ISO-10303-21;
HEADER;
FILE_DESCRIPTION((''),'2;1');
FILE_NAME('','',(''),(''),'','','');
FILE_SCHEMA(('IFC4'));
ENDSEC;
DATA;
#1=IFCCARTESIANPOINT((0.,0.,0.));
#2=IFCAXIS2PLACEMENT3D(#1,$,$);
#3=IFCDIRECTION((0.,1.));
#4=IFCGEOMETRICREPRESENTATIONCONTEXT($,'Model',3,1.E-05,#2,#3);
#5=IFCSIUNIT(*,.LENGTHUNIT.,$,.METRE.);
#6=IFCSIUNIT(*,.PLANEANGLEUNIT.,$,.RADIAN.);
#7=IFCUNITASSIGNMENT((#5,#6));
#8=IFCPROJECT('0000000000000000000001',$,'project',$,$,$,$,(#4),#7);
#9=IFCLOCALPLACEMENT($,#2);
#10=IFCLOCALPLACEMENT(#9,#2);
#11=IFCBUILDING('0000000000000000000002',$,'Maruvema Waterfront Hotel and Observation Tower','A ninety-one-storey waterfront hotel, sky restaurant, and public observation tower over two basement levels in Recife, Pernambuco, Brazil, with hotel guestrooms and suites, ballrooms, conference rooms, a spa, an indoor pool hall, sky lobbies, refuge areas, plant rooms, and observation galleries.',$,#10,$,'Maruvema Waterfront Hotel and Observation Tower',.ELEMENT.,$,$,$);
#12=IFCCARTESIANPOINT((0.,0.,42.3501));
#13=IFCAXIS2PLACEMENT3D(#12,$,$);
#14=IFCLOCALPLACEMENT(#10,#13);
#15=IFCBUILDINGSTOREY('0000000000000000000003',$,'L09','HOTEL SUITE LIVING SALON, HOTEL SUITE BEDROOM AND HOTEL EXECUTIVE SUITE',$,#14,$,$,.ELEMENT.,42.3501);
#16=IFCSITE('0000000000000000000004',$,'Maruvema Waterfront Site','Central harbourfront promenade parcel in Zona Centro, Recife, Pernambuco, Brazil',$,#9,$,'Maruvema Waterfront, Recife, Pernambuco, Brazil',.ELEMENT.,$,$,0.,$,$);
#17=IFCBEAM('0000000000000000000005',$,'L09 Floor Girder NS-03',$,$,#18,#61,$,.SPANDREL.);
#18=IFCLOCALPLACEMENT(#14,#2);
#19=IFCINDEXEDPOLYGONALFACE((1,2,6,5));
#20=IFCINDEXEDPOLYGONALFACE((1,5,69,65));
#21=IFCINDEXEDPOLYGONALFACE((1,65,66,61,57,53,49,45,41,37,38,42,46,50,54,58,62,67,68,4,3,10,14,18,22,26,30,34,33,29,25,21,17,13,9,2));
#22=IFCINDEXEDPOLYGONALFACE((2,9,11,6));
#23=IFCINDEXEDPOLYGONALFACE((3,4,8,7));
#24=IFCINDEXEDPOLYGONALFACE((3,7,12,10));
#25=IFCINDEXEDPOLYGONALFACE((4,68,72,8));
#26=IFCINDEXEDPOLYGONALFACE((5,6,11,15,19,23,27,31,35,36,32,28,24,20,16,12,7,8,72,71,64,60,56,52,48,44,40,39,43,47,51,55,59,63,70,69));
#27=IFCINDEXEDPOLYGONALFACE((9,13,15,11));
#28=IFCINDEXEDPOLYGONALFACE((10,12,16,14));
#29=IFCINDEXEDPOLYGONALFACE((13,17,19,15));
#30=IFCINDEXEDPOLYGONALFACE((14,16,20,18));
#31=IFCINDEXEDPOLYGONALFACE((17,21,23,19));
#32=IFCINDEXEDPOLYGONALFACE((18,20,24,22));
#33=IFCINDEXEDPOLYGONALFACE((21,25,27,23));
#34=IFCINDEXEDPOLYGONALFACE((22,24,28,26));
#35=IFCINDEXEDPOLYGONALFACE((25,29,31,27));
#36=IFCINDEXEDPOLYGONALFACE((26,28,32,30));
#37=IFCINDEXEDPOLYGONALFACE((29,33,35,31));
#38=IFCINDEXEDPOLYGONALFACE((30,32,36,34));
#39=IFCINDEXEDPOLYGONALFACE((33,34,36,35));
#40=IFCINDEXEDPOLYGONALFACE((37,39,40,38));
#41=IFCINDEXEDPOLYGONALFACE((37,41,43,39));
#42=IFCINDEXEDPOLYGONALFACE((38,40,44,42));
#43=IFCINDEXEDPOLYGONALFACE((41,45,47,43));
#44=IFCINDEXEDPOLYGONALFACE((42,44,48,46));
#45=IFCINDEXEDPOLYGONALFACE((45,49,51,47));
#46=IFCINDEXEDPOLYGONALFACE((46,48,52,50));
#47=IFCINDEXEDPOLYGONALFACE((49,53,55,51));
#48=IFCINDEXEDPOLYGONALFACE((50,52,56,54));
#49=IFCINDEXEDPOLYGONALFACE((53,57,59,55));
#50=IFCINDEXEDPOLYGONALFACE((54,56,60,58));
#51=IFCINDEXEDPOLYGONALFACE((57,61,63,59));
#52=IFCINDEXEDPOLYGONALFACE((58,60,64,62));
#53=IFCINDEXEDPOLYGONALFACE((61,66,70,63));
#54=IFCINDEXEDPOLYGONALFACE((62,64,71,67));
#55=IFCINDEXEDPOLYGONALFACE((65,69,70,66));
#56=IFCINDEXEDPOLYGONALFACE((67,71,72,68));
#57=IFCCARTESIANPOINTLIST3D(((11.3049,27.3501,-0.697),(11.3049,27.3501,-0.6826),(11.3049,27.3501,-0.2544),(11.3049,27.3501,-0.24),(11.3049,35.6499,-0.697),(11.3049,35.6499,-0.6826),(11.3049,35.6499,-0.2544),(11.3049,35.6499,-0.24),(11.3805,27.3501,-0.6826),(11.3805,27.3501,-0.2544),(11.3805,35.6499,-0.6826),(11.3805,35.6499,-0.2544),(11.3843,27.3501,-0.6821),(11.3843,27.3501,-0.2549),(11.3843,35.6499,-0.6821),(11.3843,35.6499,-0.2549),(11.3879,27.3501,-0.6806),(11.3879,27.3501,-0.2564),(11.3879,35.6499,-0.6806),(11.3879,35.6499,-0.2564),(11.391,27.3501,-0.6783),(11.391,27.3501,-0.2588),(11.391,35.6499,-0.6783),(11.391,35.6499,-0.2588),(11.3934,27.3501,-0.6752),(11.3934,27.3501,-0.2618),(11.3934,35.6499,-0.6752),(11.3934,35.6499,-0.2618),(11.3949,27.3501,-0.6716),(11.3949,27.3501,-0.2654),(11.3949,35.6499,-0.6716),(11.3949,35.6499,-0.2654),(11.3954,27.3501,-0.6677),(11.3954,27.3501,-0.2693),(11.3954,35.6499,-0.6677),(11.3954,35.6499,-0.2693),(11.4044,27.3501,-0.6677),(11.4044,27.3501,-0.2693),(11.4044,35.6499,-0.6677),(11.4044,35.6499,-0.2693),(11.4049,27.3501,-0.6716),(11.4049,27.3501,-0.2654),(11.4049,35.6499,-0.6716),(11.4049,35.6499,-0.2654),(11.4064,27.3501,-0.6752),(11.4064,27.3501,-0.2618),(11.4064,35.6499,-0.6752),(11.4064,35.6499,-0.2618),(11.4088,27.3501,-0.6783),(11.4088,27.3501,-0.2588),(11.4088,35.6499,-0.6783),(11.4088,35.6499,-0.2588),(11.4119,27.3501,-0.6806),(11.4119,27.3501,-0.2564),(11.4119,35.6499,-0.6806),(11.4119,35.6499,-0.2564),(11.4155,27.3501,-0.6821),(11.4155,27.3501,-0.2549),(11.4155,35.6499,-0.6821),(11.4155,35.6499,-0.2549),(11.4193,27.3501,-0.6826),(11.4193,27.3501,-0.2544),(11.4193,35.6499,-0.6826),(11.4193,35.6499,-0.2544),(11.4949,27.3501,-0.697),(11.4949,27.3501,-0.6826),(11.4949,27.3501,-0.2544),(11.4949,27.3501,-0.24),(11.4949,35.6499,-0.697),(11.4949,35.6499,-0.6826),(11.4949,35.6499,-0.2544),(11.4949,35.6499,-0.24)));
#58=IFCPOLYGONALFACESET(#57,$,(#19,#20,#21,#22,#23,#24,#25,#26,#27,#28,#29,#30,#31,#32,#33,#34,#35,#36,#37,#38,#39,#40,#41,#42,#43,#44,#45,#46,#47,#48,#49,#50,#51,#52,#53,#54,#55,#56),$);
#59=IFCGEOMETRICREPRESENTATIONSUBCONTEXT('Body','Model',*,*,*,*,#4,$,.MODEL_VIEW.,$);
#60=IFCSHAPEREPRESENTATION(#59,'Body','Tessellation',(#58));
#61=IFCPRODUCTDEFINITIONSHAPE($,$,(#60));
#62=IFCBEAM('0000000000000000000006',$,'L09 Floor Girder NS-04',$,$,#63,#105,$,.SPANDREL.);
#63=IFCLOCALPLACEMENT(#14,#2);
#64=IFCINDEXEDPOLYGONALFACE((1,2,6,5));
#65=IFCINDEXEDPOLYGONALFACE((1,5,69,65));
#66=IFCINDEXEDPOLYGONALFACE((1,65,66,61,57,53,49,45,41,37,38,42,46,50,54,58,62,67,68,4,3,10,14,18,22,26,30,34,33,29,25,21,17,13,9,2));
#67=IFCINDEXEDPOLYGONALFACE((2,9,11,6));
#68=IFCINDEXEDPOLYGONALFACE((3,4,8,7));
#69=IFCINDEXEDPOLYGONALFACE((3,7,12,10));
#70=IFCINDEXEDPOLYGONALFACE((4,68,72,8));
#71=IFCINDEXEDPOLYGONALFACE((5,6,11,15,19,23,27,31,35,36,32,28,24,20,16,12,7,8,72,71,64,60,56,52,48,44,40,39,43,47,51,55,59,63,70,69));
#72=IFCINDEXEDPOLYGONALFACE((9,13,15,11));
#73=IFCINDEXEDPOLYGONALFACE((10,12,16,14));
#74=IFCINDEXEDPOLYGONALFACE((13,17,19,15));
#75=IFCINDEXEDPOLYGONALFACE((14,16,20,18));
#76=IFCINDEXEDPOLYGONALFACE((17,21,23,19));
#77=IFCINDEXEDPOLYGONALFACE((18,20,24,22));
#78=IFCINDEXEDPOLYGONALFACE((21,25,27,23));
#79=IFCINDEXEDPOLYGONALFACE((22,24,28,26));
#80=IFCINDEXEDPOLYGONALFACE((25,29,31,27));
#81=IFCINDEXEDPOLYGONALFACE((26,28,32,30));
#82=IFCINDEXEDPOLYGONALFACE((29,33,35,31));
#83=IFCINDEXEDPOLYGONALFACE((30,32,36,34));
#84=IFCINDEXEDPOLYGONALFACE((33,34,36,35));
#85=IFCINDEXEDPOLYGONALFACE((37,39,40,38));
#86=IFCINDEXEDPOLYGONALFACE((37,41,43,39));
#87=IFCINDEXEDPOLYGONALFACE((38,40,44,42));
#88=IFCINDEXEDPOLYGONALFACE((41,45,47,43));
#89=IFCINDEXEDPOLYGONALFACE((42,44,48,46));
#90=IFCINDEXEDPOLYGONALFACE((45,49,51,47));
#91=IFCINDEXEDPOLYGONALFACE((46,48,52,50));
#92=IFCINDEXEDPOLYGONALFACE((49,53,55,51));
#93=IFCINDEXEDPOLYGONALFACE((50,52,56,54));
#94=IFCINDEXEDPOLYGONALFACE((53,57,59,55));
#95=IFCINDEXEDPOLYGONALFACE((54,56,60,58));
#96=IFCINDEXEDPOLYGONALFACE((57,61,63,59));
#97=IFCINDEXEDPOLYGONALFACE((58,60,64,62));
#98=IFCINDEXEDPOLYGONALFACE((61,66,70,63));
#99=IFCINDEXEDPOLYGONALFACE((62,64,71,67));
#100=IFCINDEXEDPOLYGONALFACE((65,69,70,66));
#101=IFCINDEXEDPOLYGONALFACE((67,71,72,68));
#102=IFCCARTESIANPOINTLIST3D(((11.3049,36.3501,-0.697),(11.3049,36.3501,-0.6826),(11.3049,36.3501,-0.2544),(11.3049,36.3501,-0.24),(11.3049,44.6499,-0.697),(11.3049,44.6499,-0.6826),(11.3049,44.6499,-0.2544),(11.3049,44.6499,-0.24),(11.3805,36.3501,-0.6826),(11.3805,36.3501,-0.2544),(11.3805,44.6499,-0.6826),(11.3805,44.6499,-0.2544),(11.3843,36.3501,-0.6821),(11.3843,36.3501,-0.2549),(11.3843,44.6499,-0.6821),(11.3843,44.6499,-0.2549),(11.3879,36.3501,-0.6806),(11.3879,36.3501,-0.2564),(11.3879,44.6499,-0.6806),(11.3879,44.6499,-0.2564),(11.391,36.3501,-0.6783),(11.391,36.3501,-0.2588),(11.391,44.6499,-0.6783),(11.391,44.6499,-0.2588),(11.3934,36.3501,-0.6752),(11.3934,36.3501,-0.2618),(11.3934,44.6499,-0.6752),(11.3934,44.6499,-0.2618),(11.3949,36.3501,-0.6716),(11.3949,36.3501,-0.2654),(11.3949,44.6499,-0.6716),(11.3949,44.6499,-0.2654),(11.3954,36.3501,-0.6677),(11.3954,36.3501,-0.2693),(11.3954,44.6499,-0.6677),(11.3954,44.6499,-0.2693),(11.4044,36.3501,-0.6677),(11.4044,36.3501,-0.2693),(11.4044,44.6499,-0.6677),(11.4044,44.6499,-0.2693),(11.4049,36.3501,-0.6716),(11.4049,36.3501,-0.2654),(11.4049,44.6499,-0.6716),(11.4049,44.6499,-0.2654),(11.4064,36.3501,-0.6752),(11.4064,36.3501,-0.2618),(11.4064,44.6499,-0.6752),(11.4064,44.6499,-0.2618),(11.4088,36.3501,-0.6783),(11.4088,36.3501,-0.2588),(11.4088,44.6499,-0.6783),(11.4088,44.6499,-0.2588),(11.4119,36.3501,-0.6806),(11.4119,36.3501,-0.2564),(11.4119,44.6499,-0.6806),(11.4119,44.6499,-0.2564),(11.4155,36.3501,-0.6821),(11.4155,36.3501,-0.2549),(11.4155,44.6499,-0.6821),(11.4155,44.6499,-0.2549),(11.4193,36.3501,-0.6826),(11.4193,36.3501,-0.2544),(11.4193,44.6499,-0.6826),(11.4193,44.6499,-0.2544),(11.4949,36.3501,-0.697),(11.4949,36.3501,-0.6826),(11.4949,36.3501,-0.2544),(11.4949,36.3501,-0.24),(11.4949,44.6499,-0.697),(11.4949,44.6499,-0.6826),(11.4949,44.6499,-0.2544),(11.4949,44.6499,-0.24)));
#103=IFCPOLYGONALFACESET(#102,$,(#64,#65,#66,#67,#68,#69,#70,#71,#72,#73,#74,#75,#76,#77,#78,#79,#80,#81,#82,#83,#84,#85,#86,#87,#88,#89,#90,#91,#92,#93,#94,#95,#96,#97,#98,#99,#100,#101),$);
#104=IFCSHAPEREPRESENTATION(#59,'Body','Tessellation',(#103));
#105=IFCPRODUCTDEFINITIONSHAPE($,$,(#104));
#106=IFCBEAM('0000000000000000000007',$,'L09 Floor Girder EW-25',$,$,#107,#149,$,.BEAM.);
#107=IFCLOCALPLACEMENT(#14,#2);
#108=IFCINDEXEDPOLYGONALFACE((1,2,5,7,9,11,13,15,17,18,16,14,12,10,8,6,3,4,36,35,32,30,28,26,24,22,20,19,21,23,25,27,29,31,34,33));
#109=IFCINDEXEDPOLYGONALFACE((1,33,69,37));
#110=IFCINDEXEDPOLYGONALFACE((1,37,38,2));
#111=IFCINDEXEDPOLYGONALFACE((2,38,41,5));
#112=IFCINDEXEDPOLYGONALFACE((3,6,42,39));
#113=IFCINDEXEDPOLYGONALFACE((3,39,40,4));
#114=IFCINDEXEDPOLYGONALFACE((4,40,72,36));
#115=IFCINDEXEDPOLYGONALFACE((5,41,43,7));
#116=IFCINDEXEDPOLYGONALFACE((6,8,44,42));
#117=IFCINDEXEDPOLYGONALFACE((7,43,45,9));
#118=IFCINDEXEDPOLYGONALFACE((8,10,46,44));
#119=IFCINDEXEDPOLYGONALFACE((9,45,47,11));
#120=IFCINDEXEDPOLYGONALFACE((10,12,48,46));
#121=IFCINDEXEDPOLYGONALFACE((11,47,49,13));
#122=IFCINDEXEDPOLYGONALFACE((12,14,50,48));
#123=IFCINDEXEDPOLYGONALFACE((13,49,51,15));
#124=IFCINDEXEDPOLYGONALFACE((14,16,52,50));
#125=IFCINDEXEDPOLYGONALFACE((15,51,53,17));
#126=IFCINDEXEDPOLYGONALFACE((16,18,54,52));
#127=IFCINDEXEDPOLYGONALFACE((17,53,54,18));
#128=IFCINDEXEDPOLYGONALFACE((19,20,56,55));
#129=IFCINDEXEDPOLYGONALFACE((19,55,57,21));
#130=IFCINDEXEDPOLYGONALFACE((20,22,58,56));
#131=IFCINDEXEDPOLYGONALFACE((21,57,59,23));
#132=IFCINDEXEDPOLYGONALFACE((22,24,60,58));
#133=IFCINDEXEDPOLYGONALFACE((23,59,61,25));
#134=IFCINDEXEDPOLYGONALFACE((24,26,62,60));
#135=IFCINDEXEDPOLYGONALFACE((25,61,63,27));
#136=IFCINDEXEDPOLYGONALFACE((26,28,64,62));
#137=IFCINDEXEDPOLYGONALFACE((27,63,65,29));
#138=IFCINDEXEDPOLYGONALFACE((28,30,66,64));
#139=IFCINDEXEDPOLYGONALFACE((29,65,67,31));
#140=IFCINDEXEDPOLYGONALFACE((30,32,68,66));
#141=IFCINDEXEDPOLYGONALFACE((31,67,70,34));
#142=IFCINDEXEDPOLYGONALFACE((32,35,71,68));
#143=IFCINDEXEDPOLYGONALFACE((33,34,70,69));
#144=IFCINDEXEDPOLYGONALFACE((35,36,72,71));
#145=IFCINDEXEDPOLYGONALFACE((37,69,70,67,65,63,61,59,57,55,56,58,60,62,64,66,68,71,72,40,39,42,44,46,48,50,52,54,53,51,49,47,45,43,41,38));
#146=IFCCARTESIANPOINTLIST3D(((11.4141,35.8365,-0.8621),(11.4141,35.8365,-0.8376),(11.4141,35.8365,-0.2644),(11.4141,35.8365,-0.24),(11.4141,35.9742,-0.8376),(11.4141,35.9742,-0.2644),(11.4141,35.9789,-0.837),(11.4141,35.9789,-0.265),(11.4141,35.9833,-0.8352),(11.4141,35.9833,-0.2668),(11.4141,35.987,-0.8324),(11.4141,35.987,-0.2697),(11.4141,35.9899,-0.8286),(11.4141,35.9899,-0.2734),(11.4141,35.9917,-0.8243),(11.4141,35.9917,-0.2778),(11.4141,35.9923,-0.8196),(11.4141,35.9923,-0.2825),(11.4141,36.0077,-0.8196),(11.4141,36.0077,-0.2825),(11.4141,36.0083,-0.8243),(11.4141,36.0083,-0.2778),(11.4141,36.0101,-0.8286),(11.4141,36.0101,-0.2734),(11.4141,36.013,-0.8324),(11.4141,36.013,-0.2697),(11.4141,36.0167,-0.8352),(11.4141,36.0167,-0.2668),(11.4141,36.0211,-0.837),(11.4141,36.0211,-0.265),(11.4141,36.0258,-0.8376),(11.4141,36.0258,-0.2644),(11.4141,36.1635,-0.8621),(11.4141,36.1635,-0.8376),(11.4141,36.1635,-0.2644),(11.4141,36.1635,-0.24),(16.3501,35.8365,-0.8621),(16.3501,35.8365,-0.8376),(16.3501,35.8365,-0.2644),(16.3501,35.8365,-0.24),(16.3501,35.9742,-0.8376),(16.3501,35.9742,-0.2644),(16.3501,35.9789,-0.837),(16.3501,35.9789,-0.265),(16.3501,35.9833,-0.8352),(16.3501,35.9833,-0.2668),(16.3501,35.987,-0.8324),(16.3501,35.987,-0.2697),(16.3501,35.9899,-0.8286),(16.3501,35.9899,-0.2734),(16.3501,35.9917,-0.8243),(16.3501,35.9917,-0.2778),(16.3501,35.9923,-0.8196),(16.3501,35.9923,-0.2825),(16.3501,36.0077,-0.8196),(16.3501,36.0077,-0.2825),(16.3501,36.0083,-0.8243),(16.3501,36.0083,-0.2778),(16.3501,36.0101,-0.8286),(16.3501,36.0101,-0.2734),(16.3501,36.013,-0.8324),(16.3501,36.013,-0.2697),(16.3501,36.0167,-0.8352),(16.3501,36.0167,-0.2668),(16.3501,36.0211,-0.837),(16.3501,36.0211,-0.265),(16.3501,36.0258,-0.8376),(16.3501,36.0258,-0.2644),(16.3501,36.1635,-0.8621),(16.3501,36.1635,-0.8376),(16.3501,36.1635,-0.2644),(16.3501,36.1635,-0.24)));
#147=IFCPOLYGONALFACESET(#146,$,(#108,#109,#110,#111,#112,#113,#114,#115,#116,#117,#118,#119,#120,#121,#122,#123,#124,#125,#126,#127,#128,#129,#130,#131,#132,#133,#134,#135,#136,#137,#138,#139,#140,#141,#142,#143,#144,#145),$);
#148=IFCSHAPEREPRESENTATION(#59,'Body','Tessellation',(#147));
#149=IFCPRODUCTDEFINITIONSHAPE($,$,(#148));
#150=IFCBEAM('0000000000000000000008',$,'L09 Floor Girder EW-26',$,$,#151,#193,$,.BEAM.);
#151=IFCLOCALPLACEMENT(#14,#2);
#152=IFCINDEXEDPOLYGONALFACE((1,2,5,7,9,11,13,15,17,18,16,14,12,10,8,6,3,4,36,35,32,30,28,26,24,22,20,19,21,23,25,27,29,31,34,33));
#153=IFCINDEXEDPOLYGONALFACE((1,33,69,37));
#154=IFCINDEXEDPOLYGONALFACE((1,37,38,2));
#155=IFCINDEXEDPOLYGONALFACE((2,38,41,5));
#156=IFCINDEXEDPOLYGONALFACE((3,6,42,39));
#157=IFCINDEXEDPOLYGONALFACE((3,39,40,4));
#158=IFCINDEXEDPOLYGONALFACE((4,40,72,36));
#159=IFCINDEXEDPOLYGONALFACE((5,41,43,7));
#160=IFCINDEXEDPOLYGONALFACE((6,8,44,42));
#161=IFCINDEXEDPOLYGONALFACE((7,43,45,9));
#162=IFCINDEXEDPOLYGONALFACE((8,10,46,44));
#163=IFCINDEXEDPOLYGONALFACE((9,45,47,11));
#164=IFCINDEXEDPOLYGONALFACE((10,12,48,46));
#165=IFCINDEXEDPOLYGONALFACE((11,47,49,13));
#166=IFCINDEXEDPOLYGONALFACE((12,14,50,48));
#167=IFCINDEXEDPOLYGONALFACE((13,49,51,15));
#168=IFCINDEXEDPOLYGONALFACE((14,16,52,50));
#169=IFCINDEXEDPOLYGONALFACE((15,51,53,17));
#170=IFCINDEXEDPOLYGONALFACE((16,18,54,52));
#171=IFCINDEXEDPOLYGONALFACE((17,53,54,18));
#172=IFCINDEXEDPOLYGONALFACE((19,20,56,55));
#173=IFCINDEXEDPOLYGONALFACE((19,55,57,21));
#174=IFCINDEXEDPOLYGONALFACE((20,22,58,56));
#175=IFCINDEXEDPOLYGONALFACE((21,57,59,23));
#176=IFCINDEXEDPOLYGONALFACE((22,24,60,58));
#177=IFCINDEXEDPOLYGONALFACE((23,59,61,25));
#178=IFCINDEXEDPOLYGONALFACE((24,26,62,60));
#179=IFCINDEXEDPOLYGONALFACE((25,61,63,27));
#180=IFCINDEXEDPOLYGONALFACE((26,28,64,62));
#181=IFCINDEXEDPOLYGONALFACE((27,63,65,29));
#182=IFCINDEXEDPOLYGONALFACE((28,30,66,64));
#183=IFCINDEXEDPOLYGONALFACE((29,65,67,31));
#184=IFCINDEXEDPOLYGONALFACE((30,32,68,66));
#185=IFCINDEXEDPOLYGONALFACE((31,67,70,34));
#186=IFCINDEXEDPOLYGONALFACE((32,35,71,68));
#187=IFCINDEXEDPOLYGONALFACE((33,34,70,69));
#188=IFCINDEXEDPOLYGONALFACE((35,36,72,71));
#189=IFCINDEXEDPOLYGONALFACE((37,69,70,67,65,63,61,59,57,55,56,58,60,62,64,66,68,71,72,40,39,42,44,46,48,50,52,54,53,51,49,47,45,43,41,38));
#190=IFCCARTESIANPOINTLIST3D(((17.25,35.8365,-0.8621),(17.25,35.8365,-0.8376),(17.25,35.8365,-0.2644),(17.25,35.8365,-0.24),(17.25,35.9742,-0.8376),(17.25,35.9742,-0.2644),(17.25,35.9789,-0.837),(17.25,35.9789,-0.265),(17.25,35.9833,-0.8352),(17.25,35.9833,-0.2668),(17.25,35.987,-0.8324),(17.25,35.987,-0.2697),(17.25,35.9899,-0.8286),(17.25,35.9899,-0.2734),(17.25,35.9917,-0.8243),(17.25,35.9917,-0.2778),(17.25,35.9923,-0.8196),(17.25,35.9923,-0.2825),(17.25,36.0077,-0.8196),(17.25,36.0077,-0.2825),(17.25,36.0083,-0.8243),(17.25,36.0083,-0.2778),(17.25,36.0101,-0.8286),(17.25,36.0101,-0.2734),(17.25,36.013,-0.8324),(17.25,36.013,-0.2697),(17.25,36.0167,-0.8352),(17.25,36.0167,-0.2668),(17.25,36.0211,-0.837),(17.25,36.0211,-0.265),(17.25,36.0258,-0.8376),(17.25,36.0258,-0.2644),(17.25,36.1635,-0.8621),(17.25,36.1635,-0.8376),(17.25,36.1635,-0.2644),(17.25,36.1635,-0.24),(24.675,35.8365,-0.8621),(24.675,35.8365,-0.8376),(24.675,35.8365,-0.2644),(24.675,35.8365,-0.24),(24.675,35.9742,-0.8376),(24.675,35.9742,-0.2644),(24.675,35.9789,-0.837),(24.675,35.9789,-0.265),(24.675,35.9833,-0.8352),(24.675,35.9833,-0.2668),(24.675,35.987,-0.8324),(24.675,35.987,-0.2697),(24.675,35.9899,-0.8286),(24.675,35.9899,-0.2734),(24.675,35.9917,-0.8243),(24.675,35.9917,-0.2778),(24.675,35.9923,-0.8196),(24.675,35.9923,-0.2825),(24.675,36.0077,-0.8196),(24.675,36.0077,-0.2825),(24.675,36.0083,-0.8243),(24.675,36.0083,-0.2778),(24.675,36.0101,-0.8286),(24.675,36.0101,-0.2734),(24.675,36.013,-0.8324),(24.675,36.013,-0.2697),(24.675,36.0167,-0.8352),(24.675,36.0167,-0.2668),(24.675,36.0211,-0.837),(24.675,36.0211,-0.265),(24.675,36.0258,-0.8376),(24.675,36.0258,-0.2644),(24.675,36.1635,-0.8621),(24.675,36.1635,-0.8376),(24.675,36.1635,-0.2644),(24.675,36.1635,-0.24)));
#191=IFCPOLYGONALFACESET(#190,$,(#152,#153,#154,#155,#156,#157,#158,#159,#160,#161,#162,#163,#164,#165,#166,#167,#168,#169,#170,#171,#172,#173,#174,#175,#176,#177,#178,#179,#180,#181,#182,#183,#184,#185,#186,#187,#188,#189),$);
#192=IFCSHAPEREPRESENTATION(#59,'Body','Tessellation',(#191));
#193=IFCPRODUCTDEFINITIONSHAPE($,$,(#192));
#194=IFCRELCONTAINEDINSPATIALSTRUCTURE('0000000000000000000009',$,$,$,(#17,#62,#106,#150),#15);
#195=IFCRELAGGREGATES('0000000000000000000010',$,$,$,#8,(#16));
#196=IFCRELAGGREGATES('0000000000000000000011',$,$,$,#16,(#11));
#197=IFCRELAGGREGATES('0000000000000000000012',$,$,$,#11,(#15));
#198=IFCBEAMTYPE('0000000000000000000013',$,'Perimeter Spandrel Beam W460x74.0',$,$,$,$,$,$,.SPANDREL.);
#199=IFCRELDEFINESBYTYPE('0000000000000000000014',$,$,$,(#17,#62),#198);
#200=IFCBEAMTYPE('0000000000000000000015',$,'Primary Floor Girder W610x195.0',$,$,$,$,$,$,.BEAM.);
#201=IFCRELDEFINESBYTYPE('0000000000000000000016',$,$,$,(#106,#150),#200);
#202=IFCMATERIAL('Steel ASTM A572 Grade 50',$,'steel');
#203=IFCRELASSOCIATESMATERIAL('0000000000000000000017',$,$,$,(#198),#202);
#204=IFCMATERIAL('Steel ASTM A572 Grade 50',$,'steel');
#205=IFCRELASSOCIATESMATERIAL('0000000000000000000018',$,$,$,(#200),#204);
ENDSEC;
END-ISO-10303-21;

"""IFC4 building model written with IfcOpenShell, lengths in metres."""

from ifc_helpers import new_model, si_unit, direction, frame, origin, origin_2d, place, context, subcontext, project, spatial, i_section, extrude, material, material_profile, profile_set, type_object, element, save


model = new_model("IFC4")

# Units and contexts
model_context = context("Model", 3, precision=1e-05, world=origin(), true_north=direction((0.0, 1.0)))
body_context = subcontext(model_context, "Body", "Model", "MODEL_VIEW")
ifc_project = project(units=[si_unit("LENGTHUNIT", "METRE"), si_unit("PLANEANGLEUNIT", "RADIAN")], contexts=[model_context])

# Site, building, storey
site_placement = place(None, origin())
site = spatial("IfcSite", under=ifc_project, at=site_placement, Name="Maruvema Waterfront Site", Description="Central harbourfront promenade parcel in Zona Centro, Recife, Pernambuco, Brazil", LongName="Maruvema Waterfront, Recife, Pernambuco, Brazil", CompositionType="ELEMENT", RefElevation=0.0)
building_placement = place(site_placement, origin())
building = spatial("IfcBuilding", under=site, at=building_placement, Name="Maruvema Waterfront Hotel and Observation Tower", Description="A ninety-one-storey waterfront hotel, sky restaurant, and public observation tower over two basement levels in Recife, Pernambuco, Brazil, with hotel guestrooms and suites, ballrooms, conference rooms, a spa, an indoor pool hall, sky lobbies, refuge areas, plant rooms, and observation galleries.", LongName="Maruvema Waterfront Hotel and Observation Tower", CompositionType="ELEMENT")
storey_placement = place(building_placement, frame((0.0, 0.0, 42.3501)))
storey = spatial("IfcBuildingStorey", under=building, at=storey_placement, Name="L09", Description="HOTEL SUITE LIVING SALON, HOTEL SUITE BEDROOM AND HOTEL EXECUTIVE SUITE", CompositionType="ELEMENT", Elevation=42.3501)

# Beams
ifc_material_1 = material(Name="Steel ASTM A572 Grade 50", Category="steel")
ifc_material_profile_1 = material_profile(ifc_material_1, i_section(OverallWidth=0.1899, OverallDepth=0.457, WebThickness=0.009, FlangeThickness=0.0144, FilletRadius=0.0149, at=origin_2d()), Name="W460x74.0")
ifc_profile_set_1 = profile_set([ifc_material_profile_1], Name="Steel ASTM A572 Grade 50")
beam_type_1 = type_object("IfcBeamType", Name="Perimeter Spandrel Beam W460x74.0", PredefinedType="SPANDREL", material=ifc_profile_set_1)
for number, where, z_axis, x_axis, name in (
    (1, (11.3999, 27.3501, -0.4685), (0.0, 1.0, 0.0), (-1.0, 0.0, 0.0), "L09 Floor Girder NS-03"),
    (2, (11.3999, 36.3501, -0.4685), (0.0, 1.0, 0.0), (-1.0, 0.0, 0.0), "L09 Floor Girder NS-04"),
):
    element("IfcBeam", number, at=place(storey_placement, frame(where, z_axis=z_axis, x_axis=x_axis)), inside=storey, type_object=beam_type_1, Name=name, PredefinedType="SPANDREL", context=body_context, shape_type="SweptSolid", body=[
        extrude(i_section(OverallWidth=0.1899, OverallDepth=0.457, WebThickness=0.009, FlangeThickness=0.0144, FilletRadius=0.0149, at=origin_2d()), origin(), (0.0, 0.0, 1.0), 8.2998),
    ])
ifc_material_2 = material(Name="Steel ASTM A572 Grade 50", Category="steel")
ifc_material_profile_2 = material_profile(ifc_material_2, i_section(OverallWidth=0.3269, OverallDepth=0.6221, WebThickness=0.0154, FlangeThickness=0.0244, FilletRadius=0.0181, at=origin_2d()), Name="W610x195.0")
ifc_profile_set_2 = profile_set([ifc_material_profile_2], Name="Steel ASTM A572 Grade 50")
beam_type_2 = type_object("IfcBeamType", Name="Primary Floor Girder W610x195.0", PredefinedType="BEAM", material=ifc_profile_set_2)
beam_1_placement = place(storey_placement, frame((11.4141, 36.0, -0.551), z_axis=(1.0, 0.0, 0.0), x_axis=(0.0, 1.0, 0.0)))
element("IfcBeam", 3, at=beam_1_placement, inside=storey, type_object=beam_type_2, Name="L09 Floor Girder EW-25", PredefinedType="BEAM", context=body_context, shape_type="SweptSolid", body=[
    extrude(i_section(OverallWidth=0.3269, OverallDepth=0.6221, WebThickness=0.0154, FlangeThickness=0.0244, FilletRadius=0.0181, at=origin_2d()), origin(), (0.0, 0.0, 1.0), 4.936),
])
beam_2_placement = place(storey_placement, frame((17.25, 36.0, -0.551), z_axis=(1.0, 0.0, 0.0), x_axis=(0.0, 1.0, 0.0)))
element("IfcBeam", 4, at=beam_2_placement, inside=storey, type_object=beam_type_2, Name="L09 Floor Girder EW-26", PredefinedType="BEAM", context=body_context, shape_type="SweptSolid", body=[
    extrude(i_section(OverallWidth=0.3269, OverallDepth=0.6221, WebThickness=0.0154, FlangeThickness=0.0244, FilletRadius=0.0181, at=origin_2d()), origin(), (0.0, 0.0, 1.0), 7.425),
])

save(model, "model.ifc")
